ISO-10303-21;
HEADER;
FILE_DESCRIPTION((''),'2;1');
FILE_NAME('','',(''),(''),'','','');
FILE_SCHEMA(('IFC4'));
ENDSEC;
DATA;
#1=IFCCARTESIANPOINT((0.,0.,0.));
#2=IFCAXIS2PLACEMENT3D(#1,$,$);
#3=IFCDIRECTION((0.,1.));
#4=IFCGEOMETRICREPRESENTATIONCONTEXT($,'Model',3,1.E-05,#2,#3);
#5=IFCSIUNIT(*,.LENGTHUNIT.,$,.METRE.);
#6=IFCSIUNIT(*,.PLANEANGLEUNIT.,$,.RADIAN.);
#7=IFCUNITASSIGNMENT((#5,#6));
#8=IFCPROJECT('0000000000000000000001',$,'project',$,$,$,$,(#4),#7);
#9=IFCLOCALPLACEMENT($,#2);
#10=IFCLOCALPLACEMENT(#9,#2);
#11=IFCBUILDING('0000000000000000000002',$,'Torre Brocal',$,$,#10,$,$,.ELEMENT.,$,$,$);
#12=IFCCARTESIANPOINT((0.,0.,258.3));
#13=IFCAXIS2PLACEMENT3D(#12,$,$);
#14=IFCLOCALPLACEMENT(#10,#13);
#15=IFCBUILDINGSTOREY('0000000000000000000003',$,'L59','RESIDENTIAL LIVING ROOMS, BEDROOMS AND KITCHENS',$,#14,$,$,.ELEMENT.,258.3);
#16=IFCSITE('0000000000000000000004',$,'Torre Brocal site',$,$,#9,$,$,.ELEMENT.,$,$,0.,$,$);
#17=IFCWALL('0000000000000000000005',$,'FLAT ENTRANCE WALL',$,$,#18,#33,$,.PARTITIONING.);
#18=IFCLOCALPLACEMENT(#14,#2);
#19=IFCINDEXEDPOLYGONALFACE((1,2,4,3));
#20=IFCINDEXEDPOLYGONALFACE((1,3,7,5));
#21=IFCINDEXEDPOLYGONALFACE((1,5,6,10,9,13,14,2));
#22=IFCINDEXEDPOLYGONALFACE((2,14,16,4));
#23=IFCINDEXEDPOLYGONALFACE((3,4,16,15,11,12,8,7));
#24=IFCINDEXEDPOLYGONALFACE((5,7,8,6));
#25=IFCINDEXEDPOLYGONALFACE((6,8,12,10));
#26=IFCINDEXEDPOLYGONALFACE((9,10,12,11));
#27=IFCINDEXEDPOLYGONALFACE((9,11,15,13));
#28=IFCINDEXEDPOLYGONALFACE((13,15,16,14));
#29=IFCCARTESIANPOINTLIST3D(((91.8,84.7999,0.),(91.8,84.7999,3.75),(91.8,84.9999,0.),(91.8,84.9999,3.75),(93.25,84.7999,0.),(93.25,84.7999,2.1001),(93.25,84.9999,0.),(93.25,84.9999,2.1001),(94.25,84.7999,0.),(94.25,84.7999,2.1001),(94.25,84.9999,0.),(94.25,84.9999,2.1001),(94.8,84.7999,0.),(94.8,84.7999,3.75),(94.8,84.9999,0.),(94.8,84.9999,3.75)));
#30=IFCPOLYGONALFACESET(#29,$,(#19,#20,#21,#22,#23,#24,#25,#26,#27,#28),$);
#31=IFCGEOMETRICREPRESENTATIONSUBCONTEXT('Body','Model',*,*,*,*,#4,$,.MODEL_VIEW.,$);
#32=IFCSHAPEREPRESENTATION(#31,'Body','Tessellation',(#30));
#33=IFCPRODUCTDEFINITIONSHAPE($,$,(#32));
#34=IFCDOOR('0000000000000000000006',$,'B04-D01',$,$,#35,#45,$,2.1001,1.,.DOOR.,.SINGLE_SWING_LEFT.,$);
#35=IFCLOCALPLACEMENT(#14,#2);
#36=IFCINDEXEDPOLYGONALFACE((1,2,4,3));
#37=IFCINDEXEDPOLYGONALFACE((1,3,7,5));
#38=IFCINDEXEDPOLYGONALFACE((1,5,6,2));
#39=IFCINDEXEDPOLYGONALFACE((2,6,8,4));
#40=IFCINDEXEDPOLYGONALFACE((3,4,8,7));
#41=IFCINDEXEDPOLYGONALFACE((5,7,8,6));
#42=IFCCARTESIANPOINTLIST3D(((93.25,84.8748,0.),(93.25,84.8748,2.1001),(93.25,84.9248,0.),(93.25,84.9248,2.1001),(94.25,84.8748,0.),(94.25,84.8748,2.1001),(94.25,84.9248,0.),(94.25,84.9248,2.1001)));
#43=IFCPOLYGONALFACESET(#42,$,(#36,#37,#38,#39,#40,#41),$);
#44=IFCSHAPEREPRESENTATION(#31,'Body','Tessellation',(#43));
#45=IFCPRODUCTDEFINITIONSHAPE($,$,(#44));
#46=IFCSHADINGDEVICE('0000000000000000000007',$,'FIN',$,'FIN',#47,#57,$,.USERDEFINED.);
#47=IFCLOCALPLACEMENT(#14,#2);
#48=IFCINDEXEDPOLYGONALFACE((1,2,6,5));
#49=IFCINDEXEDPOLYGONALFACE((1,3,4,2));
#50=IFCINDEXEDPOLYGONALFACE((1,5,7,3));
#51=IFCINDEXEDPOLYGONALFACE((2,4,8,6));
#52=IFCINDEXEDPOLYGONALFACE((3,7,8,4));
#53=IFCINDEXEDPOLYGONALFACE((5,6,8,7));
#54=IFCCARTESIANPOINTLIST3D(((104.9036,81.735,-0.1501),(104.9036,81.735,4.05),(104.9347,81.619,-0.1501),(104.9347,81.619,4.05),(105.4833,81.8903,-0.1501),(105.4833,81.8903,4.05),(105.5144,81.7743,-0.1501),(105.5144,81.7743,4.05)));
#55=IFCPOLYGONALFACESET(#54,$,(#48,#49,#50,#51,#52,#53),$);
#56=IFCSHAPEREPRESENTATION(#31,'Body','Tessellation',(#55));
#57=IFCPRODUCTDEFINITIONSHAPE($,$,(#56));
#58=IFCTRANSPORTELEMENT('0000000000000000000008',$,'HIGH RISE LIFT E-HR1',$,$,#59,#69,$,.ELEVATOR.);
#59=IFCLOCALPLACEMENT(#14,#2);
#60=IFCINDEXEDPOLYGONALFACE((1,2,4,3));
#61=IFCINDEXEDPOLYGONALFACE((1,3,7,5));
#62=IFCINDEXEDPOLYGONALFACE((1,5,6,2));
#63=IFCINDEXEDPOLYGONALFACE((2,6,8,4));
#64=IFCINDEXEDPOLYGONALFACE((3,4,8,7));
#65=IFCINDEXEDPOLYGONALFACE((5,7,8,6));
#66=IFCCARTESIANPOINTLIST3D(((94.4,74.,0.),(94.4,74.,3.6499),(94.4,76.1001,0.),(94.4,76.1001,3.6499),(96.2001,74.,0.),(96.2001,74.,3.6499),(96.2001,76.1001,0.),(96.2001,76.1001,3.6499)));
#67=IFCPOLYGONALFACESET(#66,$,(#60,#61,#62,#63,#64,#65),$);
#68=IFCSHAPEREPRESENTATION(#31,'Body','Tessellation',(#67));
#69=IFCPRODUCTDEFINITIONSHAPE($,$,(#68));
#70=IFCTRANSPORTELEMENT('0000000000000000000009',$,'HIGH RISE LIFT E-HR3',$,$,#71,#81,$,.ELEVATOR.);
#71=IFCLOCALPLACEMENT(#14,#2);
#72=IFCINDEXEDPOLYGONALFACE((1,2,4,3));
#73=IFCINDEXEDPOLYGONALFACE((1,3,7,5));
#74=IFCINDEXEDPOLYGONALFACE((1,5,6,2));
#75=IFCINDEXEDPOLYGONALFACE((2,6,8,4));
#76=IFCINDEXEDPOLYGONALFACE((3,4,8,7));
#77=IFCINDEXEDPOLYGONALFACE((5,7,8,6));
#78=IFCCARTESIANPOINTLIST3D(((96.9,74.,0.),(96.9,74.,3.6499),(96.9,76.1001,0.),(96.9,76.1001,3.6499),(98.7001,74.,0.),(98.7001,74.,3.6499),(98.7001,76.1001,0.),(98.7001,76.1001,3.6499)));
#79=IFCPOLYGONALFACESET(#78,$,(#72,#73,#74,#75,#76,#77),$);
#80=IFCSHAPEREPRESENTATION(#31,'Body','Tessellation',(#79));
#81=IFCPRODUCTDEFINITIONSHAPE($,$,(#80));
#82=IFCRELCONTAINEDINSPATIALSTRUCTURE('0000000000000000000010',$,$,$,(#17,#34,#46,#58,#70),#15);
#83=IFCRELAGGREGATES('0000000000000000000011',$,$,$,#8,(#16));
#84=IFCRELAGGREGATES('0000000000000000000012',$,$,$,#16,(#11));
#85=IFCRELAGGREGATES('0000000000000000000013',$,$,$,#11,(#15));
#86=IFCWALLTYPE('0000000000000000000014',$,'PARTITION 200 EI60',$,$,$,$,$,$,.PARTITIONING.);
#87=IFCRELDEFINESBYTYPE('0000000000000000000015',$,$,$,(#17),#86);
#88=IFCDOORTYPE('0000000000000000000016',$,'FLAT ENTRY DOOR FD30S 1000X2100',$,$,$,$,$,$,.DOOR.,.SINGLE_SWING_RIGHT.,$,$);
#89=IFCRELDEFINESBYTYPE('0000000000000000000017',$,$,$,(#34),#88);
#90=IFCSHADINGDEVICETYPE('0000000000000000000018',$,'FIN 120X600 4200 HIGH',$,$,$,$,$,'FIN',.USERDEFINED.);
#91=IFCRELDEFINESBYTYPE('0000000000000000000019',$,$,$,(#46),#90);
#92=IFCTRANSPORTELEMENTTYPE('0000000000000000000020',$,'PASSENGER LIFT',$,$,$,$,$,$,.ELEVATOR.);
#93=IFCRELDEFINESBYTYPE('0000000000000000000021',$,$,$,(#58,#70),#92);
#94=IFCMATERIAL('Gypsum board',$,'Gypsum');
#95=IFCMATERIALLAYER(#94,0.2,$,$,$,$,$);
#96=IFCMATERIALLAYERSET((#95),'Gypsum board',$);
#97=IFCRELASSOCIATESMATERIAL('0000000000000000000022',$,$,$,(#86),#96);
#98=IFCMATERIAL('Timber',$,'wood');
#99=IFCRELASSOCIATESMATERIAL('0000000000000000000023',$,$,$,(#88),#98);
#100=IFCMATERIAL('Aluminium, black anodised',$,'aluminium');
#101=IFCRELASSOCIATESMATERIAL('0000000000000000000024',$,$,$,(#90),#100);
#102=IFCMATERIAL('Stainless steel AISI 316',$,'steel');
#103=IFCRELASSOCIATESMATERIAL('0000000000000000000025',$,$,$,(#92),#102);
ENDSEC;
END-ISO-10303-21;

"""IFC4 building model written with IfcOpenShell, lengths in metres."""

from ifc_helpers import new_model, si_unit, direction, frame, frame_2d, origin, origin_2d, place, context, subcontext, project, spatial, rectangle, extrude, material, layer, layer_set, material_profile, profile_set, type_object, element, fill, save


model = new_model("IFC4")

# Units and contexts
model_context = context("Model", 3, precision=1e-05, world=origin(), true_north=direction((0.0, 1.0)))
body_context = subcontext(model_context, "Body", "Model", "MODEL_VIEW")
ifc_project = project(units=[si_unit("LENGTHUNIT", "METRE"), si_unit("PLANEANGLEUNIT", "RADIAN")], contexts=[model_context])

# Site, building, storey
site_placement = place(None, origin())
site = spatial("IfcSite", under=ifc_project, at=site_placement, Name="Torre Brocal site", CompositionType="ELEMENT", RefElevation=0.0)
building_placement = place(site_placement, origin())
building = spatial("IfcBuilding", under=site, at=building_placement, Name="Torre Brocal", CompositionType="ELEMENT")
storey_placement = place(building_placement, frame((0.0, 0.0, 258.3)))
storey = spatial("IfcBuildingStorey", under=building, at=storey_placement, Name="L59", Description="RESIDENTIAL LIVING ROOMS, BEDROOMS AND KITCHENS", CompositionType="ELEMENT", Elevation=258.3)

# Wall, opening, door
ifc_material_1 = material(Name="Gypsum board", Category="Gypsum")
ifc_layer_1 = layer(ifc_material_1, 0.2)
ifc_layer_set_1 = layer_set([ifc_layer_1], Name="Gypsum board")
wall_type_1 = type_object("IfcWallType", Name="PARTITION 200 EI60", PredefinedType="PARTITIONING", material=ifc_layer_set_1)
wall_1_placement = place(storey_placement, frame((91.8, 84.8999, 0.0), z_axis=(0.0, 0.0, 1.0), x_axis=(1.0, 0.0, 0.0)))
wall_1 = element("IfcWall", 1, at=wall_1_placement, inside=storey, type_object=wall_type_1, Name="FLAT ENTRANCE WALL", PredefinedType="PARTITIONING", context=body_context, shape_type="SweptSolid", body=[
    extrude(rectangle(XDim=3.0, YDim=0.2, at=frame_2d((1.5, 0.0))), origin(), (0.0, 0.0, 1.0), 3.75),
])
opening_1_placement = place(wall_1_placement, frame((1.45, 0.0, 0.0)))
opening_1 = element("IfcOpeningElement", 2, at=opening_1_placement, cuts=wall_1, PredefinedType="OPENING", context=body_context, shape_type="SweptSolid", body=[
    extrude(rectangle(XDim=1.0, YDim=2.1001, at=frame_2d((0.5, 1.05))), frame((0.0, 0.1099, 0.0), z_axis=(0.0, -1.0, 0.0), x_axis=(1.0, 0.0, 0.0)), (0.0, 0.0, 1.0), 0.22),
])
ifc_material_2 = material(Name="Timber", Category="wood")
door_type_1 = type_object("IfcDoorType", Name="FLAT ENTRY DOOR FD30S 1000X2100", OperationType="SINGLE_SWING_RIGHT", PredefinedType="DOOR", material=ifc_material_2)
door_1_placement = place(opening_1_placement, origin())
door_1 = element("IfcDoor", 3, at=door_1_placement, inside=storey, type_object=door_type_1, Name="B04-D01", OperationType="SINGLE_SWING_LEFT", OverallHeight=2.1001, OverallWidth=1.0, PredefinedType="DOOR", context=body_context, shape_type="SweptSolid", body=[
    extrude(rectangle(XDim=1.0, YDim=2.1001, at=frame_2d((0.5, 1.05))), frame((0.0, 0.0249, 0.0), z_axis=(0.0, -1.0, 0.0), x_axis=(1.0, 0.0, 0.0)), (0.0, 0.0, 1.0), 0.05),
])
fill(opening_1, door_1)

# Shading device
ifc_material_3 = material(Name="Aluminium, black anodised", Category="aluminium")
ifc_material_profile_1 = material_profile(ifc_material_3, rectangle(XDim=0.1201, YDim=0.6001, at=origin_2d()), Name="FIN 120X600 4200 HIGH")
ifc_profile_set_1 = profile_set([ifc_material_profile_1], Name="Aluminium, black anodised")
shading_device_type = type_object("IfcShadingDeviceType", Name="FIN 120X600 4200 HIGH", ElementType="FIN", PredefinedType="USERDEFINED", material=ifc_profile_set_1)
shading_device_placement = place(storey_placement, frame((105.209, 81.7546, -0.1501), z_axis=(0.0, 0.0, 1.0), x_axis=(-0.258819, 0.965926, 0.0)))
element("IfcShadingDevice", 4, at=shading_device_placement, inside=storey, type_object=shading_device_type, Name="FIN", ObjectType="FIN", PredefinedType="USERDEFINED", context=body_context, shape_type="SweptSolid", body=[
    extrude(rectangle(XDim=0.1201, YDim=0.6001, at=origin_2d()), origin(), (0.0, 0.0, 1.0), 4.2002),
])

# Transport elements
ifc_material_4 = material(Name="Stainless steel AISI 316", Category="steel")
transport_element_type = type_object("IfcTransportElementType", Name="PASSENGER LIFT", PredefinedType="ELEVATOR", material=ifc_material_4)
for number, where, z_axis, x_axis, name in (
    (5, (95.3, 75.05, 0.0), (0.0, 0.0, 1.0), (1.0, 0.0, 0.0), "HIGH RISE LIFT E-HR1"),
    (6, (97.8, 75.05, 0.0), (0.0, 0.0, 1.0), (1.0, 0.0, 0.0), "HIGH RISE LIFT E-HR3"),
):
    element("IfcTransportElement", number, at=place(storey_placement, frame(where, z_axis=z_axis, x_axis=x_axis)), inside=storey, type_object=transport_element_type, Name=name, PredefinedType="ELEVATOR", context=body_context, shape_type="SweptSolid", body=[
        extrude(rectangle(XDim=1.8, YDim=2.1001, at=origin_2d()), origin(), (0.0, 0.0, 1.0), 3.6499),
    ])

save(model, "model.ifc")
